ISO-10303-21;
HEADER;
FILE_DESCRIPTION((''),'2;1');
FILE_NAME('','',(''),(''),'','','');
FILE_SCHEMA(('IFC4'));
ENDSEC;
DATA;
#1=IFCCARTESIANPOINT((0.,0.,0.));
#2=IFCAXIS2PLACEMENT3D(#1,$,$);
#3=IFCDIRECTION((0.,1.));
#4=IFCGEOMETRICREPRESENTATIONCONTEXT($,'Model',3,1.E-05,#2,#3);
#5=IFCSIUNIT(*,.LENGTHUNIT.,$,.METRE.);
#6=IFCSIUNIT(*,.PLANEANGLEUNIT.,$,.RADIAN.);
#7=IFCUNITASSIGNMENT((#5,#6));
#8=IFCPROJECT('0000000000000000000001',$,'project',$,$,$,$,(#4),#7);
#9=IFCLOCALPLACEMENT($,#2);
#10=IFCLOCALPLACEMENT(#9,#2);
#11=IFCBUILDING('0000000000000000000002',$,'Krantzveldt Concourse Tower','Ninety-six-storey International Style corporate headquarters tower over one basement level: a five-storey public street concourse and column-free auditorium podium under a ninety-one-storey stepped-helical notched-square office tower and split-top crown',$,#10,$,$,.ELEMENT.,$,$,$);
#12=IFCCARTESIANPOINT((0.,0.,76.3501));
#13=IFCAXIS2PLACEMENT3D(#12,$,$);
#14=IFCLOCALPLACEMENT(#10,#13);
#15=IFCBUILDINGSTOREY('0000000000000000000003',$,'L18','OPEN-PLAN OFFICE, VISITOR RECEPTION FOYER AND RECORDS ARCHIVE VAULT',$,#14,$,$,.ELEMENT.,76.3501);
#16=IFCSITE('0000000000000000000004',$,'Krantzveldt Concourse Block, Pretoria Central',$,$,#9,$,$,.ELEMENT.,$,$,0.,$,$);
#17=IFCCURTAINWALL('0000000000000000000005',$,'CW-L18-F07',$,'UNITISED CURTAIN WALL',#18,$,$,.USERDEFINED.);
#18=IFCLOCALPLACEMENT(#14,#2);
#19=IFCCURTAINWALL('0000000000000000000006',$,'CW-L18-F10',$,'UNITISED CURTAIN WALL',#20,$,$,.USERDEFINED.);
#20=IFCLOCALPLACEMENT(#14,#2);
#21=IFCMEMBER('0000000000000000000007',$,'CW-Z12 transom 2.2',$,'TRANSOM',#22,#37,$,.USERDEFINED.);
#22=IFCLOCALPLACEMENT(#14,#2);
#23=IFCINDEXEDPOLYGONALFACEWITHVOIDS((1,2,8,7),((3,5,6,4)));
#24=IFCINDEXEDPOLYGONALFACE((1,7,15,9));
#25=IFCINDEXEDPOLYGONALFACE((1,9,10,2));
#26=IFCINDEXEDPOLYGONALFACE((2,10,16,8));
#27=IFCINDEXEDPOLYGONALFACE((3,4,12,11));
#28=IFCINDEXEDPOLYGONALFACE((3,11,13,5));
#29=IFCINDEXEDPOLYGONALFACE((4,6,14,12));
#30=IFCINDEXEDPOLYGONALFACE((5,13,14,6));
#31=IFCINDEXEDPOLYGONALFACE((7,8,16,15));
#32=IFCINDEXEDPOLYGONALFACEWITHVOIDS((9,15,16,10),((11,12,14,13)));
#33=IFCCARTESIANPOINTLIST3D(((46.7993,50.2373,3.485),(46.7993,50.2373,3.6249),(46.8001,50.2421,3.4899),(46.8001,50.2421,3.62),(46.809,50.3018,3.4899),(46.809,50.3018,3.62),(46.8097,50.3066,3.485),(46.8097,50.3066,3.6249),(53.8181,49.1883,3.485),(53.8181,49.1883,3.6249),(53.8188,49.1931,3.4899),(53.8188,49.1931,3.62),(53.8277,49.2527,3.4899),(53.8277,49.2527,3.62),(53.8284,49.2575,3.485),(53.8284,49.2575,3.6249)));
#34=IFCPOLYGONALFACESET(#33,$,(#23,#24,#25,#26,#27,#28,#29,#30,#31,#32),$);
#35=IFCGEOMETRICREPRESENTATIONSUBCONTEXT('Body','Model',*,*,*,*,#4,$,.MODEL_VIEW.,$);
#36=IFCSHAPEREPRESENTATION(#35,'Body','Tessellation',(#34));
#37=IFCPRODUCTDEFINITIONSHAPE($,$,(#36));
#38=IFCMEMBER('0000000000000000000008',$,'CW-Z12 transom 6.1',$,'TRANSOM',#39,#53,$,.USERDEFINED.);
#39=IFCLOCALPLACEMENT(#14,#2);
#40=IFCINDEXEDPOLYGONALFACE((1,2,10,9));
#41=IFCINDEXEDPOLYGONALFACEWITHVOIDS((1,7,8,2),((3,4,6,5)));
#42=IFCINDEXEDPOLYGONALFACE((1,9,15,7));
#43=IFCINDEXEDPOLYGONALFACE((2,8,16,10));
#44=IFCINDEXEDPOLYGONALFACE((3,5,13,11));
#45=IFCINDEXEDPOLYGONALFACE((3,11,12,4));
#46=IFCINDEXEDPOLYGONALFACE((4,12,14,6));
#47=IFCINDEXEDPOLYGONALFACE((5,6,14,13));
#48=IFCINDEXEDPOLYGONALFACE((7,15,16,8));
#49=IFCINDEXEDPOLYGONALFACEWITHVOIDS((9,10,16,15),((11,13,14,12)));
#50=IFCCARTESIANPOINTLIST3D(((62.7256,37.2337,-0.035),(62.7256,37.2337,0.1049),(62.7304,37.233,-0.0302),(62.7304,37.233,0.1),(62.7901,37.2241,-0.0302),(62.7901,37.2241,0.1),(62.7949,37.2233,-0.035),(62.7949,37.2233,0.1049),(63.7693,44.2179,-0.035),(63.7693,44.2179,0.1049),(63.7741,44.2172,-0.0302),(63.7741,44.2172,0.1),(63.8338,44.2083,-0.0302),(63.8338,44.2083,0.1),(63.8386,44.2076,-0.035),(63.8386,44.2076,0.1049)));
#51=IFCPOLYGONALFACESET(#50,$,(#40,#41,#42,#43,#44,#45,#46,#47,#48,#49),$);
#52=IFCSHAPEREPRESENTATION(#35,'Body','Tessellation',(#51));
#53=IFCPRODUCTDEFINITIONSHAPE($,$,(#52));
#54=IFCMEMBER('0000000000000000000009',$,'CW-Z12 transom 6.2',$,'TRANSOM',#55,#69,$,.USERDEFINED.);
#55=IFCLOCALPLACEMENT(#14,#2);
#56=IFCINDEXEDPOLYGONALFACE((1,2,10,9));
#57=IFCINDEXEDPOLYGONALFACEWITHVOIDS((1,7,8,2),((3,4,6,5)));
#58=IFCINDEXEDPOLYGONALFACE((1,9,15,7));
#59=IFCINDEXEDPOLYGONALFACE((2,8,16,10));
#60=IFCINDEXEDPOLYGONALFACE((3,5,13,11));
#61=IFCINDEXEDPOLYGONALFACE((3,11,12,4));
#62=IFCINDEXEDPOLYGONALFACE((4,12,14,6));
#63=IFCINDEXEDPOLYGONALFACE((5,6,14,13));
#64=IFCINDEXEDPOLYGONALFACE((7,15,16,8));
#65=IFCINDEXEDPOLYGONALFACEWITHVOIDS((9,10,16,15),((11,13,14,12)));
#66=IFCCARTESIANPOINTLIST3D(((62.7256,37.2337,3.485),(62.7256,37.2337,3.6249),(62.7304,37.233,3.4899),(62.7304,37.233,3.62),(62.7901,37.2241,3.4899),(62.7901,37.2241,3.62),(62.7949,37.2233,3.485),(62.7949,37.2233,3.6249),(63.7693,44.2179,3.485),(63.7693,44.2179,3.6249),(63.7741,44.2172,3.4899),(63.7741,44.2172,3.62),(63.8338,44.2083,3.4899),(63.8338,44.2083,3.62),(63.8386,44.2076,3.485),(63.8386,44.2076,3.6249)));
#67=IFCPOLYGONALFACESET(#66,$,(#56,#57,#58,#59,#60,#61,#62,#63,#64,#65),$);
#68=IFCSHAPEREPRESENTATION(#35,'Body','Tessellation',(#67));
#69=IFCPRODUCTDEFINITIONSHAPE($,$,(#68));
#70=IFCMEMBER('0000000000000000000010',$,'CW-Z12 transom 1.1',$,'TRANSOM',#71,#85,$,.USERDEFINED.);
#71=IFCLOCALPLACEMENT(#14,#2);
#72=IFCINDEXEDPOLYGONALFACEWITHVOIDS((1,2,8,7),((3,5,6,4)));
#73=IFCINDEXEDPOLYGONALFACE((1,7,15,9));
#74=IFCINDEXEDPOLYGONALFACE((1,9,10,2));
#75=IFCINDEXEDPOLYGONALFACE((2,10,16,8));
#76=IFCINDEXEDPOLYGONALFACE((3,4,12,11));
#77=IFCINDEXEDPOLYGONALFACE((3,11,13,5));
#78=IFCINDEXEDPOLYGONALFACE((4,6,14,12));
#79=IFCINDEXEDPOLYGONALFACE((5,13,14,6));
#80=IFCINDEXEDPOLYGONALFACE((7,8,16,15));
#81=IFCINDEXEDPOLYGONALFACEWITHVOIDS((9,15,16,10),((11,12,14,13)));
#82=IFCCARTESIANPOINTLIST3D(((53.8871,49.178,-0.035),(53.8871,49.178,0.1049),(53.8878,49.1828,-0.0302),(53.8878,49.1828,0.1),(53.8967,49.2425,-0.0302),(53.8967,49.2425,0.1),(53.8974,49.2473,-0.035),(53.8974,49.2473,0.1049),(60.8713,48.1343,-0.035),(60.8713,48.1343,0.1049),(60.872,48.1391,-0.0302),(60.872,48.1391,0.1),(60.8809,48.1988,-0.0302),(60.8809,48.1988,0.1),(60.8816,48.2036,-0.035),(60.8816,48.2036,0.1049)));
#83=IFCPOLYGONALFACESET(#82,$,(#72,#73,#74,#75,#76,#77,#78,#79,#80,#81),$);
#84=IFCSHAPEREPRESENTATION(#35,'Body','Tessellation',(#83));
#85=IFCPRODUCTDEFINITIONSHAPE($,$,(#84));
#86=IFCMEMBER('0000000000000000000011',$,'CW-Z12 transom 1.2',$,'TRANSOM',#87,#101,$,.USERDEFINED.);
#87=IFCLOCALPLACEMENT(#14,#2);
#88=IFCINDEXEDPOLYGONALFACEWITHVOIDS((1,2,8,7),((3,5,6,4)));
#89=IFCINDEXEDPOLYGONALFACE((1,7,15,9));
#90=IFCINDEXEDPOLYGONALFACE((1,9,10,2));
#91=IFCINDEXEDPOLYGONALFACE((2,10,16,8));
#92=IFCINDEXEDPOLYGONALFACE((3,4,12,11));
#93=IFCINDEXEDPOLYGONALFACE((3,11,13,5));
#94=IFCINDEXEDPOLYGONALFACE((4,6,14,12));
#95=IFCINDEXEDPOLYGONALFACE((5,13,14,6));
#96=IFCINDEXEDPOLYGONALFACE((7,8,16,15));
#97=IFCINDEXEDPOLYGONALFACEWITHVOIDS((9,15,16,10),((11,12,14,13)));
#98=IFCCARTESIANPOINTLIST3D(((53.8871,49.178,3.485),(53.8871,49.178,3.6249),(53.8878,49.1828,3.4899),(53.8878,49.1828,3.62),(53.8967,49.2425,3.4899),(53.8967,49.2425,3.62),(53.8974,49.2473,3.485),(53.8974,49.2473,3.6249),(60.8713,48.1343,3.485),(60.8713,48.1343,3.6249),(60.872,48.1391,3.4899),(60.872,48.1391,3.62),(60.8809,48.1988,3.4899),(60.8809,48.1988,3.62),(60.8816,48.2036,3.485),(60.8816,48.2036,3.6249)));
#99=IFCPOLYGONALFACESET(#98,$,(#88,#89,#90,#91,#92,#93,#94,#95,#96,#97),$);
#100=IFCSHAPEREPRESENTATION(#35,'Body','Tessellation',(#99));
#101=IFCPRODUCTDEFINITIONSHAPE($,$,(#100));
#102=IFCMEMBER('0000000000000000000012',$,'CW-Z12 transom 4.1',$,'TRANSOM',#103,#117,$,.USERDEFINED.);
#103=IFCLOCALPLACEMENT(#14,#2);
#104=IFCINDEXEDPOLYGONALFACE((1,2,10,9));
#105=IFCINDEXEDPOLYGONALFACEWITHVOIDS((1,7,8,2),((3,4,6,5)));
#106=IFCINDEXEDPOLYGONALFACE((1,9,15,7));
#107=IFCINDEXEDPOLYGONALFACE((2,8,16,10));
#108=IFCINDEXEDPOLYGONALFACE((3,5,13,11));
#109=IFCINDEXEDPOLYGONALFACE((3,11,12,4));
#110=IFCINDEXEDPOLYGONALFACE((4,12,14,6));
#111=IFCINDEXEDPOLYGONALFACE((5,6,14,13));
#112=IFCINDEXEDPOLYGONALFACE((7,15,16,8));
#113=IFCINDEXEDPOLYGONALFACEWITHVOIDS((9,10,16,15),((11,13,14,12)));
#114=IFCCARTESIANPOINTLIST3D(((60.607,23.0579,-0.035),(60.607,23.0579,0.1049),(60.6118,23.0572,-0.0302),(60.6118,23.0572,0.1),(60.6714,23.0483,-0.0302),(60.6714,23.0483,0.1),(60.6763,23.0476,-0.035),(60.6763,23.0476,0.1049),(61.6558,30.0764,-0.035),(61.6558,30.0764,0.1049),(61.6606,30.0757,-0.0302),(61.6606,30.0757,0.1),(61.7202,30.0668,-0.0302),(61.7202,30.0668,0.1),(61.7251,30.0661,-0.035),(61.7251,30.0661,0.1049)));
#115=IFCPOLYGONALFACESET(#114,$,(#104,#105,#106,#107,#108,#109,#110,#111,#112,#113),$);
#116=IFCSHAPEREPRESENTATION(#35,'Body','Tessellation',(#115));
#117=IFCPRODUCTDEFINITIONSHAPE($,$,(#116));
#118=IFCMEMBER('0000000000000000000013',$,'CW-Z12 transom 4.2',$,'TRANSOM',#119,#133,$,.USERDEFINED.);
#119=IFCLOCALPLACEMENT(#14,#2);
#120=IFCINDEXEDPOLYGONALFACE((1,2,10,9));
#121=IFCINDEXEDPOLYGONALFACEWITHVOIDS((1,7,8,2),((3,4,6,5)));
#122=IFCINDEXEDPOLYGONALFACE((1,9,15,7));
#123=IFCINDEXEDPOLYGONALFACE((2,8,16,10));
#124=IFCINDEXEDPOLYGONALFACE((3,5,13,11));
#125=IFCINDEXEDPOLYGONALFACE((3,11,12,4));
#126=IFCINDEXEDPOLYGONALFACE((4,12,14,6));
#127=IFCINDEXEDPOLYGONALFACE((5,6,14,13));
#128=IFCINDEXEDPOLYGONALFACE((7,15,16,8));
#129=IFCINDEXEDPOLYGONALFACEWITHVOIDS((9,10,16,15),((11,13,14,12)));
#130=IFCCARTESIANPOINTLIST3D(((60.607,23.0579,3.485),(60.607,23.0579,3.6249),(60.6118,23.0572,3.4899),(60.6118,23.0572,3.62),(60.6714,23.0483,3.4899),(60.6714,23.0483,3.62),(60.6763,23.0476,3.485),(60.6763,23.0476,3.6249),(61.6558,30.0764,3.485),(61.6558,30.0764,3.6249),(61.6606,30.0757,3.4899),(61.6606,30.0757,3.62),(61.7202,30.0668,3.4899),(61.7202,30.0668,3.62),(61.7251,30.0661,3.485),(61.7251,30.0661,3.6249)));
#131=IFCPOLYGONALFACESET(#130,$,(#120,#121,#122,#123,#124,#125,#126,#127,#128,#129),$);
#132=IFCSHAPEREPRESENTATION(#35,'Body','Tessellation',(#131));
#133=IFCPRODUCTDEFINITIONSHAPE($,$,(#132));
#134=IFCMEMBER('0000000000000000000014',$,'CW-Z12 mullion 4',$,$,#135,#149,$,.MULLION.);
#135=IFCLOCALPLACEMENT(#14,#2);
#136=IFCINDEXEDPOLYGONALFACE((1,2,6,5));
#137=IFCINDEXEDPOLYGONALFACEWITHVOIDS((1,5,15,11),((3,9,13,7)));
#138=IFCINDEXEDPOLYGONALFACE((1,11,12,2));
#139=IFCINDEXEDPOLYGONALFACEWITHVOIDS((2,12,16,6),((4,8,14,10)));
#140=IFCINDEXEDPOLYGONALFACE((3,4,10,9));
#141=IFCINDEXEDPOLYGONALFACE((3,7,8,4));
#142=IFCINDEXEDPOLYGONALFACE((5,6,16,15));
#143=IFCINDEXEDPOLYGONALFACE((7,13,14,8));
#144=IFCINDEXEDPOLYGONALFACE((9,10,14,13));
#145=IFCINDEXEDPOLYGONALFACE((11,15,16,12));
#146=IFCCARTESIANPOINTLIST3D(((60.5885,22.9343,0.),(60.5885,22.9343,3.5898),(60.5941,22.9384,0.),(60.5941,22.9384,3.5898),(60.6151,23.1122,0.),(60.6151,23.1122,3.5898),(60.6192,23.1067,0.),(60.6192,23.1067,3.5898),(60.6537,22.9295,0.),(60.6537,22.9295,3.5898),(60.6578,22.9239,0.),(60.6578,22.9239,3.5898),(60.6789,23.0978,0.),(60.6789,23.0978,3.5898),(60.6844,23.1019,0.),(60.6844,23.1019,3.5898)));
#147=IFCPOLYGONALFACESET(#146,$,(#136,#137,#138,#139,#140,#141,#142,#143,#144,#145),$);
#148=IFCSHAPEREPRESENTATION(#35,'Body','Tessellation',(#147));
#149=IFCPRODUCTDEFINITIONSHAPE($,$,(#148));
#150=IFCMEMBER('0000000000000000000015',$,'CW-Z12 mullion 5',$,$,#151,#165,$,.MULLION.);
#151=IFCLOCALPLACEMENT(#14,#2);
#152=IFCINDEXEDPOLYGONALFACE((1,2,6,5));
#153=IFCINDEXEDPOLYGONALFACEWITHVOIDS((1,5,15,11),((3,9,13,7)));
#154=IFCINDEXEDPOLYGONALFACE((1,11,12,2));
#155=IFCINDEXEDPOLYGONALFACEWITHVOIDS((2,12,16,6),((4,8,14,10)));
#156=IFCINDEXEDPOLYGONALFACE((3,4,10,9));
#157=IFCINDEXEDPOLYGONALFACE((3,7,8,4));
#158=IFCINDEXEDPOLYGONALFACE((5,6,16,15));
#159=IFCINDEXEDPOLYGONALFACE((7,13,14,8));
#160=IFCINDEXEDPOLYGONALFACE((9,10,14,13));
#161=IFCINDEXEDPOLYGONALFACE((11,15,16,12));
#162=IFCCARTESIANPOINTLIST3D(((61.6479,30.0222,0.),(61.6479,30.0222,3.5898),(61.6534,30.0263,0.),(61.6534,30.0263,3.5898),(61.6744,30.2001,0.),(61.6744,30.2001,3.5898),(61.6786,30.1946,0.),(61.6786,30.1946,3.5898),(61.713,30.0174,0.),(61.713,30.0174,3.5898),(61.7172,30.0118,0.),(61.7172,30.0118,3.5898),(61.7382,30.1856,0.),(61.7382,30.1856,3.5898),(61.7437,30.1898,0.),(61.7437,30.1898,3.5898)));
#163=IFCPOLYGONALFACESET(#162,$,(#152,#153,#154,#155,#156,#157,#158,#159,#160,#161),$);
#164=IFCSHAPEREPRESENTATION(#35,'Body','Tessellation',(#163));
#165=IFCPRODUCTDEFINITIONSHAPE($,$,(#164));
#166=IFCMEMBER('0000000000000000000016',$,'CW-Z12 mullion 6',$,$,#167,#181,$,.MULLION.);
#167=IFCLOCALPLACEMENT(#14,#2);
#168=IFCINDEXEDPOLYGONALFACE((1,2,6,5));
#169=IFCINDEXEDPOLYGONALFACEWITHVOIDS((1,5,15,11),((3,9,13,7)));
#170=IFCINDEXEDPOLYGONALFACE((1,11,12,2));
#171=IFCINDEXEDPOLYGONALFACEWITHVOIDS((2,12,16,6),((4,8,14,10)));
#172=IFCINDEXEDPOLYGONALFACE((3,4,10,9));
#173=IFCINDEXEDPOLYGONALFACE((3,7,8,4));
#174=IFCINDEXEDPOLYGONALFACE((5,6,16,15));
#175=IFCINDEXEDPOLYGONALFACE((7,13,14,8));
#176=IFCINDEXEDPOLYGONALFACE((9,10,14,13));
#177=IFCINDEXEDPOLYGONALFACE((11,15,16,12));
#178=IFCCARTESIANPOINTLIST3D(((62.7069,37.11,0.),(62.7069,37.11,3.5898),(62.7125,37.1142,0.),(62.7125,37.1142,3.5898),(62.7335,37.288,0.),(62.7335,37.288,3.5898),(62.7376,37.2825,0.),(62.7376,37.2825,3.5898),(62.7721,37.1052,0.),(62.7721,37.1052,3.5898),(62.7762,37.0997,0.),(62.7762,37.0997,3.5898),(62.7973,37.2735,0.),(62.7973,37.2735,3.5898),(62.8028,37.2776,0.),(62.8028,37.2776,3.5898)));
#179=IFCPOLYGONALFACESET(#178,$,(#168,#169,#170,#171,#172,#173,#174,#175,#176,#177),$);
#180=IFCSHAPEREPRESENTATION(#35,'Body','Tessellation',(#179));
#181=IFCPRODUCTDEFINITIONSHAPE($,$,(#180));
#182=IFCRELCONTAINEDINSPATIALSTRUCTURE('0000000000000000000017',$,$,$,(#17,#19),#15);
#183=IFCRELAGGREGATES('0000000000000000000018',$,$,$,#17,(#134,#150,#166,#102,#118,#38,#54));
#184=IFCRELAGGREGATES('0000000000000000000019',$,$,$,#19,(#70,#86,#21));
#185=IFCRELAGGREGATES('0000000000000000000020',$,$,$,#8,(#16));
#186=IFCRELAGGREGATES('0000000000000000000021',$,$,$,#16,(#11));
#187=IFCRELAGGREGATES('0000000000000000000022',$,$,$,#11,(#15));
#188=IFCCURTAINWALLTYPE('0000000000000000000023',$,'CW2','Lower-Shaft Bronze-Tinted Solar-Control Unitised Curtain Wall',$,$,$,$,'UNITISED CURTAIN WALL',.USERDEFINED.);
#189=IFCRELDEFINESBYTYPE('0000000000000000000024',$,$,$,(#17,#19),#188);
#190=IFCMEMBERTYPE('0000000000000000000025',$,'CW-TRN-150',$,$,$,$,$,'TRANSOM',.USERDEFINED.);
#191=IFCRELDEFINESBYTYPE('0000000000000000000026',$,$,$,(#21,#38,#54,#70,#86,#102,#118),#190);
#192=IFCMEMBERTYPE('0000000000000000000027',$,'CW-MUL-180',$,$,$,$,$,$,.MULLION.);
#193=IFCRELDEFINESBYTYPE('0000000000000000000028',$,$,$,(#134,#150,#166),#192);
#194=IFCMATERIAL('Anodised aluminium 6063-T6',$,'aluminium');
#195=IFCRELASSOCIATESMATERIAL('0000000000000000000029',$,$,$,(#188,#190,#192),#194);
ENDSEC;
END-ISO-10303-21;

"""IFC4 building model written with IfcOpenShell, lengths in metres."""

from ifc_helpers import new_model, si_unit, direction, frame, origin, origin_2d, place, context, subcontext, project, spatial, hollow_rectangle, extrude, source, transform, mapped, material, material_profile, profile_set, type_object, type_shapes, element, aggregate, save


model = new_model("IFC4")

# Units and contexts
model_context = context("Model", 3, precision=1e-05, world=origin(), true_north=direction((0.0, 1.0)))
body_context = subcontext(model_context, "Body", "Model", "MODEL_VIEW")
ifc_project = project(units=[si_unit("LENGTHUNIT", "METRE"), si_unit("PLANEANGLEUNIT", "RADIAN")], contexts=[model_context])

# Site, building, storey
site_placement = place(None, origin())
site = spatial("IfcSite", under=ifc_project, at=site_placement, Name="Krantzveldt Concourse Block, Pretoria Central", CompositionType="ELEMENT", RefElevation=0.0)
building_placement = place(site_placement, origin())
building = spatial("IfcBuilding", under=site, at=building_placement, Name="Krantzveldt Concourse Tower", Description="Ninety-six-storey International Style corporate headquarters tower over one basement level: a five-storey public street concourse and column-free auditorium podium under a ninety-one-storey stepped-helical notched-square office tower and split-top crown", CompositionType="ELEMENT")
storey_placement = place(building_placement, frame((0.0, 0.0, 76.3501)))
storey = spatial("IfcBuildingStorey", under=building, at=storey_placement, Name="L18", Description="OPEN-PLAN OFFICE, VISITOR RECEPTION FOYER AND RECORDS ARCHIVE VAULT", CompositionType="ELEMENT", Elevation=76.3501)

# Curtain walls, member
ifc_material_1 = material(Name="Anodised aluminium 6063-T6", Category="aluminium")
curtain_wall_type = type_object("IfcCurtainWallType", Name="CW2", Description="Lower-Shaft Bronze-Tinted Solar-Control Unitised Curtain Wall", ElementType="UNITISED CURTAIN WALL", PredefinedType="USERDEFINED", material=ifc_material_1)
curtain_wall_1_placement = place(storey_placement, origin())
curtain_wall_1 = element("IfcCurtainWall", 1, at=curtain_wall_1_placement, inside=storey, type_object=curtain_wall_type, Name="CW-L18-F07", ObjectType="UNITISED CURTAIN WALL", PredefinedType="USERDEFINED")
ifc_material_profile_1 = material_profile(ifc_material_1, hollow_rectangle(XDim=0.0701, YDim=0.1399, WallThickness=0.0049, at=origin_2d()), Name="Anodised aluminium 6063-T6", Category="aluminium")
ifc_profile_set_1 = profile_set([ifc_material_profile_1], Name="Anodised aluminium 6063-T6 - ALU-TRAN 140x70x5")
member_type_1 = type_object("IfcMemberType", Name="CW-TRN-150", ElementType="TRANSOM", PredefinedType="USERDEFINED", material=ifc_profile_set_1)
shared_shape_1 = source(origin(), body_context, "Body", "SweptSolid", [
    extrude(hollow_rectangle(XDim=0.0701, YDim=0.1399, WallThickness=0.0049, at=origin_2d()), origin(), (0.0, 0.0, 1.0), 7.0967),
])
curtain_wall_2_placement = place(storey_placement, origin())
curtain_wall_2 = element("IfcCurtainWall", 2, at=curtain_wall_2_placement, inside=storey, type_object=curtain_wall_type, Name="CW-L18-F10", ObjectType="UNITISED CURTAIN WALL", PredefinedType="USERDEFINED")
member_1_placement = place(storey_placement, frame((53.8232, 49.2229, 3.5549), z_axis=(-0.989014, 0.147824, 0.0), x_axis=(-0.147824, -0.989014, 0.0)))
member_1 = element("IfcMember", 3, at=member_1_placement, type_object=member_type_1, Name="CW-Z12 transom 2.2", ObjectType="TRANSOM", PredefinedType="USERDEFINED", context=body_context, shape_type="MappedRepresentation", body=[
    mapped(shared_shape_1, transform((0.0, 0.0, 0.0), x_axis=(1.0, 0.0, 0.0), y_axis=(0.0, 1.0, 0.0), z_axis=(0.0, 0.0, 1.0), scale=1.0)),
])

# Members
shared_shape_2 = source(origin(), body_context, "Body", "SweptSolid", [
    extrude(hollow_rectangle(XDim=0.0701, YDim=0.1399, WallThickness=0.0049, at=origin_2d()), origin(), (0.0, 0.0, 1.0), 7.0618),
])
member_2_placement = place(storey_placement, frame((62.7603, 37.2285, 0.0349), z_axis=(0.147798, 0.989018, 0.0), x_axis=(-0.989018, 0.147798, 0.0)))
member_2 = element("IfcMember", 4, at=member_2_placement, type_object=member_type_1, Name="CW-Z12 transom 6.1", ObjectType="TRANSOM", PredefinedType="USERDEFINED", context=body_context, shape_type="MappedRepresentation", body=[
    mapped(shared_shape_2, transform((0.0, 0.0, 0.0), x_axis=(1.0, 0.0, 0.0), y_axis=(0.0, 1.0, 0.0), z_axis=(0.0, 0.0, 1.0), scale=1.0)),
])
member_3_placement = place(storey_placement, frame((62.7603, 37.2285, 3.5549), z_axis=(0.147798, 0.989018, 0.0), x_axis=(-0.989018, 0.147798, 0.0)))
member_3 = element("IfcMember", 5, at=member_3_placement, type_object=member_type_1, Name="CW-Z12 transom 6.2", ObjectType="TRANSOM", PredefinedType="USERDEFINED", context=body_context, shape_type="MappedRepresentation", body=[
    mapped(shared_shape_2, transform((0.0, 0.0, 0.0), x_axis=(1.0, 0.0, 0.0), y_axis=(0.0, 1.0, 0.0), z_axis=(0.0, 0.0, 1.0), scale=1.0)),
])
member_4_placement = place(storey_placement, frame((60.8765, 48.1689, 0.0349), z_axis=(-0.989018, 0.147798, 0.0), x_axis=(-0.147798, -0.989018, 0.0)))
member_4 = element("IfcMember", 6, at=member_4_placement, type_object=member_type_1, Name="CW-Z12 transom 1.1", ObjectType="TRANSOM", PredefinedType="USERDEFINED", context=body_context, shape_type="MappedRepresentation", body=[
    mapped(shared_shape_2, transform((0.0, 0.0, 0.0), x_axis=(1.0, 0.0, 0.0), y_axis=(0.0, 1.0, 0.0), z_axis=(0.0, 0.0, 1.0), scale=1.0)),
])
member_5_placement = place(storey_placement, frame((60.8765, 48.1689, 3.5549), z_axis=(-0.989018, 0.147798, 0.0), x_axis=(-0.147798, -0.989018, 0.0)))
member_5 = element("IfcMember", 7, at=member_5_placement, type_object=member_type_1, Name="CW-Z12 transom 1.2", ObjectType="TRANSOM", PredefinedType="USERDEFINED", context=body_context, shape_type="MappedRepresentation", body=[
    mapped(shared_shape_2, transform((0.0, 0.0, 0.0), x_axis=(1.0, 0.0, 0.0), y_axis=(0.0, 1.0, 0.0), z_axis=(0.0, 0.0, 1.0), scale=1.0)),
])
shared_shape_3 = source(origin(), body_context, "Body", "SweptSolid", [
    extrude(hollow_rectangle(XDim=0.0701, YDim=0.1399, WallThickness=0.0049, at=origin_2d()), origin(), (0.0, 0.0, 1.0), 7.0964),
])
type_shapes(member_type_1, [shared_shape_1, shared_shape_2, shared_shape_3])
member_6_placement = place(storey_placement, frame((60.6416, 23.0527, 0.0349), z_axis=(0.147795, 0.989018, 0.0), x_axis=(-0.989018, 0.147795, 0.0)))
member_6 = element("IfcMember", 8, at=member_6_placement, type_object=member_type_1, Name="CW-Z12 transom 4.1", ObjectType="TRANSOM", PredefinedType="USERDEFINED", context=body_context, shape_type="MappedRepresentation", body=[
    mapped(shared_shape_3, transform((0.0, 0.0, 0.0), x_axis=(1.0, 0.0, 0.0), y_axis=(0.0, 1.0, 0.0), z_axis=(0.0, 0.0, 1.0), scale=1.0)),
])
member_7_placement = place(storey_placement, frame((60.6416, 23.0527, 3.5549), z_axis=(0.147795, 0.989018, 0.0), x_axis=(-0.989018, 0.147795, 0.0)))
member_7 = element("IfcMember", 9, at=member_7_placement, type_object=member_type_1, Name="CW-Z12 transom 4.2", ObjectType="TRANSOM", PredefinedType="USERDEFINED", context=body_context, shape_type="MappedRepresentation", body=[
    mapped(shared_shape_3, transform((0.0, 0.0, 0.0), x_axis=(1.0, 0.0, 0.0), y_axis=(0.0, 1.0, 0.0), z_axis=(0.0, 0.0, 1.0), scale=1.0)),
])
ifc_material_profile_2 = material_profile(ifc_material_1, hollow_rectangle(XDim=0.0701, YDim=0.1799, WallThickness=0.0049, at=origin_2d()), Name="Anodised aluminium 6063-T6", Category="aluminium")
ifc_profile_set_2 = profile_set([ifc_material_profile_2], Name="Anodised aluminium 6063-T6 - ALU-MULL 180x70x5")
member_type_2 = type_object("IfcMemberType", Name="CW-MUL-180", PredefinedType="MULLION", material=ifc_profile_set_2)
shared_shape_4 = source(origin(), body_context, "Body", "SweptSolid", [
    extrude(hollow_rectangle(XDim=0.0701, YDim=0.1799, WallThickness=0.0049, at=origin_2d()), origin(), (0.0, 0.0, 1.0), 3.5898),
])
type_shapes(member_type_2, [shared_shape_4])
member_8_placement = place(storey_placement, frame((60.6365, 23.0181, 0.0), z_axis=(0.0, 0.0, 1.0), x_axis=(-0.989016, 0.14781, 0.0)))
member_8 = element("IfcMember", 10, at=member_8_placement, type_object=member_type_2, Name="CW-Z12 mullion 4", PredefinedType="MULLION", context=body_context, shape_type="MappedRepresentation", body=[
    mapped(shared_shape_4, transform((0.0, 0.0, 0.0), x_axis=(1.0, 0.0, 0.0), y_axis=(0.0, 1.0, 0.0), z_axis=(0.0, 0.0, 1.0), scale=1.0)),
])
member_9_placement = place(storey_placement, frame((61.6958, 30.106, 0.0), z_axis=(0.0, 0.0, 1.0), x_axis=(-0.989016, 0.14781, 0.0)))
member_9 = element("IfcMember", 11, at=member_9_placement, type_object=member_type_2, Name="CW-Z12 mullion 5", PredefinedType="MULLION", context=body_context, shape_type="MappedRepresentation", body=[
    mapped(shared_shape_4, transform((0.0, 0.0, 0.0), x_axis=(1.0, 0.0, 0.0), y_axis=(0.0, 1.0, 0.0), z_axis=(0.0, 0.0, 1.0), scale=1.0)),
])
member_10_placement = place(storey_placement, frame((62.7549, 37.1938, 0.0), z_axis=(0.0, 0.0, 1.0), x_axis=(-0.989016, 0.14781, 0.0)))
member_10 = element("IfcMember", 12, at=member_10_placement, type_object=member_type_2, Name="CW-Z12 mullion 6", PredefinedType="MULLION", context=body_context, shape_type="MappedRepresentation", body=[
    mapped(shared_shape_4, transform((0.0, 0.0, 0.0), x_axis=(1.0, 0.0, 0.0), y_axis=(0.0, 1.0, 0.0), z_axis=(0.0, 0.0, 1.0), scale=1.0)),
])

aggregate(curtain_wall_1, [member_8, member_9, member_10, member_6, member_7, member_2, member_3])
aggregate(curtain_wall_2, [member_4, member_5, member_1])

save(model, "model.ifc")
